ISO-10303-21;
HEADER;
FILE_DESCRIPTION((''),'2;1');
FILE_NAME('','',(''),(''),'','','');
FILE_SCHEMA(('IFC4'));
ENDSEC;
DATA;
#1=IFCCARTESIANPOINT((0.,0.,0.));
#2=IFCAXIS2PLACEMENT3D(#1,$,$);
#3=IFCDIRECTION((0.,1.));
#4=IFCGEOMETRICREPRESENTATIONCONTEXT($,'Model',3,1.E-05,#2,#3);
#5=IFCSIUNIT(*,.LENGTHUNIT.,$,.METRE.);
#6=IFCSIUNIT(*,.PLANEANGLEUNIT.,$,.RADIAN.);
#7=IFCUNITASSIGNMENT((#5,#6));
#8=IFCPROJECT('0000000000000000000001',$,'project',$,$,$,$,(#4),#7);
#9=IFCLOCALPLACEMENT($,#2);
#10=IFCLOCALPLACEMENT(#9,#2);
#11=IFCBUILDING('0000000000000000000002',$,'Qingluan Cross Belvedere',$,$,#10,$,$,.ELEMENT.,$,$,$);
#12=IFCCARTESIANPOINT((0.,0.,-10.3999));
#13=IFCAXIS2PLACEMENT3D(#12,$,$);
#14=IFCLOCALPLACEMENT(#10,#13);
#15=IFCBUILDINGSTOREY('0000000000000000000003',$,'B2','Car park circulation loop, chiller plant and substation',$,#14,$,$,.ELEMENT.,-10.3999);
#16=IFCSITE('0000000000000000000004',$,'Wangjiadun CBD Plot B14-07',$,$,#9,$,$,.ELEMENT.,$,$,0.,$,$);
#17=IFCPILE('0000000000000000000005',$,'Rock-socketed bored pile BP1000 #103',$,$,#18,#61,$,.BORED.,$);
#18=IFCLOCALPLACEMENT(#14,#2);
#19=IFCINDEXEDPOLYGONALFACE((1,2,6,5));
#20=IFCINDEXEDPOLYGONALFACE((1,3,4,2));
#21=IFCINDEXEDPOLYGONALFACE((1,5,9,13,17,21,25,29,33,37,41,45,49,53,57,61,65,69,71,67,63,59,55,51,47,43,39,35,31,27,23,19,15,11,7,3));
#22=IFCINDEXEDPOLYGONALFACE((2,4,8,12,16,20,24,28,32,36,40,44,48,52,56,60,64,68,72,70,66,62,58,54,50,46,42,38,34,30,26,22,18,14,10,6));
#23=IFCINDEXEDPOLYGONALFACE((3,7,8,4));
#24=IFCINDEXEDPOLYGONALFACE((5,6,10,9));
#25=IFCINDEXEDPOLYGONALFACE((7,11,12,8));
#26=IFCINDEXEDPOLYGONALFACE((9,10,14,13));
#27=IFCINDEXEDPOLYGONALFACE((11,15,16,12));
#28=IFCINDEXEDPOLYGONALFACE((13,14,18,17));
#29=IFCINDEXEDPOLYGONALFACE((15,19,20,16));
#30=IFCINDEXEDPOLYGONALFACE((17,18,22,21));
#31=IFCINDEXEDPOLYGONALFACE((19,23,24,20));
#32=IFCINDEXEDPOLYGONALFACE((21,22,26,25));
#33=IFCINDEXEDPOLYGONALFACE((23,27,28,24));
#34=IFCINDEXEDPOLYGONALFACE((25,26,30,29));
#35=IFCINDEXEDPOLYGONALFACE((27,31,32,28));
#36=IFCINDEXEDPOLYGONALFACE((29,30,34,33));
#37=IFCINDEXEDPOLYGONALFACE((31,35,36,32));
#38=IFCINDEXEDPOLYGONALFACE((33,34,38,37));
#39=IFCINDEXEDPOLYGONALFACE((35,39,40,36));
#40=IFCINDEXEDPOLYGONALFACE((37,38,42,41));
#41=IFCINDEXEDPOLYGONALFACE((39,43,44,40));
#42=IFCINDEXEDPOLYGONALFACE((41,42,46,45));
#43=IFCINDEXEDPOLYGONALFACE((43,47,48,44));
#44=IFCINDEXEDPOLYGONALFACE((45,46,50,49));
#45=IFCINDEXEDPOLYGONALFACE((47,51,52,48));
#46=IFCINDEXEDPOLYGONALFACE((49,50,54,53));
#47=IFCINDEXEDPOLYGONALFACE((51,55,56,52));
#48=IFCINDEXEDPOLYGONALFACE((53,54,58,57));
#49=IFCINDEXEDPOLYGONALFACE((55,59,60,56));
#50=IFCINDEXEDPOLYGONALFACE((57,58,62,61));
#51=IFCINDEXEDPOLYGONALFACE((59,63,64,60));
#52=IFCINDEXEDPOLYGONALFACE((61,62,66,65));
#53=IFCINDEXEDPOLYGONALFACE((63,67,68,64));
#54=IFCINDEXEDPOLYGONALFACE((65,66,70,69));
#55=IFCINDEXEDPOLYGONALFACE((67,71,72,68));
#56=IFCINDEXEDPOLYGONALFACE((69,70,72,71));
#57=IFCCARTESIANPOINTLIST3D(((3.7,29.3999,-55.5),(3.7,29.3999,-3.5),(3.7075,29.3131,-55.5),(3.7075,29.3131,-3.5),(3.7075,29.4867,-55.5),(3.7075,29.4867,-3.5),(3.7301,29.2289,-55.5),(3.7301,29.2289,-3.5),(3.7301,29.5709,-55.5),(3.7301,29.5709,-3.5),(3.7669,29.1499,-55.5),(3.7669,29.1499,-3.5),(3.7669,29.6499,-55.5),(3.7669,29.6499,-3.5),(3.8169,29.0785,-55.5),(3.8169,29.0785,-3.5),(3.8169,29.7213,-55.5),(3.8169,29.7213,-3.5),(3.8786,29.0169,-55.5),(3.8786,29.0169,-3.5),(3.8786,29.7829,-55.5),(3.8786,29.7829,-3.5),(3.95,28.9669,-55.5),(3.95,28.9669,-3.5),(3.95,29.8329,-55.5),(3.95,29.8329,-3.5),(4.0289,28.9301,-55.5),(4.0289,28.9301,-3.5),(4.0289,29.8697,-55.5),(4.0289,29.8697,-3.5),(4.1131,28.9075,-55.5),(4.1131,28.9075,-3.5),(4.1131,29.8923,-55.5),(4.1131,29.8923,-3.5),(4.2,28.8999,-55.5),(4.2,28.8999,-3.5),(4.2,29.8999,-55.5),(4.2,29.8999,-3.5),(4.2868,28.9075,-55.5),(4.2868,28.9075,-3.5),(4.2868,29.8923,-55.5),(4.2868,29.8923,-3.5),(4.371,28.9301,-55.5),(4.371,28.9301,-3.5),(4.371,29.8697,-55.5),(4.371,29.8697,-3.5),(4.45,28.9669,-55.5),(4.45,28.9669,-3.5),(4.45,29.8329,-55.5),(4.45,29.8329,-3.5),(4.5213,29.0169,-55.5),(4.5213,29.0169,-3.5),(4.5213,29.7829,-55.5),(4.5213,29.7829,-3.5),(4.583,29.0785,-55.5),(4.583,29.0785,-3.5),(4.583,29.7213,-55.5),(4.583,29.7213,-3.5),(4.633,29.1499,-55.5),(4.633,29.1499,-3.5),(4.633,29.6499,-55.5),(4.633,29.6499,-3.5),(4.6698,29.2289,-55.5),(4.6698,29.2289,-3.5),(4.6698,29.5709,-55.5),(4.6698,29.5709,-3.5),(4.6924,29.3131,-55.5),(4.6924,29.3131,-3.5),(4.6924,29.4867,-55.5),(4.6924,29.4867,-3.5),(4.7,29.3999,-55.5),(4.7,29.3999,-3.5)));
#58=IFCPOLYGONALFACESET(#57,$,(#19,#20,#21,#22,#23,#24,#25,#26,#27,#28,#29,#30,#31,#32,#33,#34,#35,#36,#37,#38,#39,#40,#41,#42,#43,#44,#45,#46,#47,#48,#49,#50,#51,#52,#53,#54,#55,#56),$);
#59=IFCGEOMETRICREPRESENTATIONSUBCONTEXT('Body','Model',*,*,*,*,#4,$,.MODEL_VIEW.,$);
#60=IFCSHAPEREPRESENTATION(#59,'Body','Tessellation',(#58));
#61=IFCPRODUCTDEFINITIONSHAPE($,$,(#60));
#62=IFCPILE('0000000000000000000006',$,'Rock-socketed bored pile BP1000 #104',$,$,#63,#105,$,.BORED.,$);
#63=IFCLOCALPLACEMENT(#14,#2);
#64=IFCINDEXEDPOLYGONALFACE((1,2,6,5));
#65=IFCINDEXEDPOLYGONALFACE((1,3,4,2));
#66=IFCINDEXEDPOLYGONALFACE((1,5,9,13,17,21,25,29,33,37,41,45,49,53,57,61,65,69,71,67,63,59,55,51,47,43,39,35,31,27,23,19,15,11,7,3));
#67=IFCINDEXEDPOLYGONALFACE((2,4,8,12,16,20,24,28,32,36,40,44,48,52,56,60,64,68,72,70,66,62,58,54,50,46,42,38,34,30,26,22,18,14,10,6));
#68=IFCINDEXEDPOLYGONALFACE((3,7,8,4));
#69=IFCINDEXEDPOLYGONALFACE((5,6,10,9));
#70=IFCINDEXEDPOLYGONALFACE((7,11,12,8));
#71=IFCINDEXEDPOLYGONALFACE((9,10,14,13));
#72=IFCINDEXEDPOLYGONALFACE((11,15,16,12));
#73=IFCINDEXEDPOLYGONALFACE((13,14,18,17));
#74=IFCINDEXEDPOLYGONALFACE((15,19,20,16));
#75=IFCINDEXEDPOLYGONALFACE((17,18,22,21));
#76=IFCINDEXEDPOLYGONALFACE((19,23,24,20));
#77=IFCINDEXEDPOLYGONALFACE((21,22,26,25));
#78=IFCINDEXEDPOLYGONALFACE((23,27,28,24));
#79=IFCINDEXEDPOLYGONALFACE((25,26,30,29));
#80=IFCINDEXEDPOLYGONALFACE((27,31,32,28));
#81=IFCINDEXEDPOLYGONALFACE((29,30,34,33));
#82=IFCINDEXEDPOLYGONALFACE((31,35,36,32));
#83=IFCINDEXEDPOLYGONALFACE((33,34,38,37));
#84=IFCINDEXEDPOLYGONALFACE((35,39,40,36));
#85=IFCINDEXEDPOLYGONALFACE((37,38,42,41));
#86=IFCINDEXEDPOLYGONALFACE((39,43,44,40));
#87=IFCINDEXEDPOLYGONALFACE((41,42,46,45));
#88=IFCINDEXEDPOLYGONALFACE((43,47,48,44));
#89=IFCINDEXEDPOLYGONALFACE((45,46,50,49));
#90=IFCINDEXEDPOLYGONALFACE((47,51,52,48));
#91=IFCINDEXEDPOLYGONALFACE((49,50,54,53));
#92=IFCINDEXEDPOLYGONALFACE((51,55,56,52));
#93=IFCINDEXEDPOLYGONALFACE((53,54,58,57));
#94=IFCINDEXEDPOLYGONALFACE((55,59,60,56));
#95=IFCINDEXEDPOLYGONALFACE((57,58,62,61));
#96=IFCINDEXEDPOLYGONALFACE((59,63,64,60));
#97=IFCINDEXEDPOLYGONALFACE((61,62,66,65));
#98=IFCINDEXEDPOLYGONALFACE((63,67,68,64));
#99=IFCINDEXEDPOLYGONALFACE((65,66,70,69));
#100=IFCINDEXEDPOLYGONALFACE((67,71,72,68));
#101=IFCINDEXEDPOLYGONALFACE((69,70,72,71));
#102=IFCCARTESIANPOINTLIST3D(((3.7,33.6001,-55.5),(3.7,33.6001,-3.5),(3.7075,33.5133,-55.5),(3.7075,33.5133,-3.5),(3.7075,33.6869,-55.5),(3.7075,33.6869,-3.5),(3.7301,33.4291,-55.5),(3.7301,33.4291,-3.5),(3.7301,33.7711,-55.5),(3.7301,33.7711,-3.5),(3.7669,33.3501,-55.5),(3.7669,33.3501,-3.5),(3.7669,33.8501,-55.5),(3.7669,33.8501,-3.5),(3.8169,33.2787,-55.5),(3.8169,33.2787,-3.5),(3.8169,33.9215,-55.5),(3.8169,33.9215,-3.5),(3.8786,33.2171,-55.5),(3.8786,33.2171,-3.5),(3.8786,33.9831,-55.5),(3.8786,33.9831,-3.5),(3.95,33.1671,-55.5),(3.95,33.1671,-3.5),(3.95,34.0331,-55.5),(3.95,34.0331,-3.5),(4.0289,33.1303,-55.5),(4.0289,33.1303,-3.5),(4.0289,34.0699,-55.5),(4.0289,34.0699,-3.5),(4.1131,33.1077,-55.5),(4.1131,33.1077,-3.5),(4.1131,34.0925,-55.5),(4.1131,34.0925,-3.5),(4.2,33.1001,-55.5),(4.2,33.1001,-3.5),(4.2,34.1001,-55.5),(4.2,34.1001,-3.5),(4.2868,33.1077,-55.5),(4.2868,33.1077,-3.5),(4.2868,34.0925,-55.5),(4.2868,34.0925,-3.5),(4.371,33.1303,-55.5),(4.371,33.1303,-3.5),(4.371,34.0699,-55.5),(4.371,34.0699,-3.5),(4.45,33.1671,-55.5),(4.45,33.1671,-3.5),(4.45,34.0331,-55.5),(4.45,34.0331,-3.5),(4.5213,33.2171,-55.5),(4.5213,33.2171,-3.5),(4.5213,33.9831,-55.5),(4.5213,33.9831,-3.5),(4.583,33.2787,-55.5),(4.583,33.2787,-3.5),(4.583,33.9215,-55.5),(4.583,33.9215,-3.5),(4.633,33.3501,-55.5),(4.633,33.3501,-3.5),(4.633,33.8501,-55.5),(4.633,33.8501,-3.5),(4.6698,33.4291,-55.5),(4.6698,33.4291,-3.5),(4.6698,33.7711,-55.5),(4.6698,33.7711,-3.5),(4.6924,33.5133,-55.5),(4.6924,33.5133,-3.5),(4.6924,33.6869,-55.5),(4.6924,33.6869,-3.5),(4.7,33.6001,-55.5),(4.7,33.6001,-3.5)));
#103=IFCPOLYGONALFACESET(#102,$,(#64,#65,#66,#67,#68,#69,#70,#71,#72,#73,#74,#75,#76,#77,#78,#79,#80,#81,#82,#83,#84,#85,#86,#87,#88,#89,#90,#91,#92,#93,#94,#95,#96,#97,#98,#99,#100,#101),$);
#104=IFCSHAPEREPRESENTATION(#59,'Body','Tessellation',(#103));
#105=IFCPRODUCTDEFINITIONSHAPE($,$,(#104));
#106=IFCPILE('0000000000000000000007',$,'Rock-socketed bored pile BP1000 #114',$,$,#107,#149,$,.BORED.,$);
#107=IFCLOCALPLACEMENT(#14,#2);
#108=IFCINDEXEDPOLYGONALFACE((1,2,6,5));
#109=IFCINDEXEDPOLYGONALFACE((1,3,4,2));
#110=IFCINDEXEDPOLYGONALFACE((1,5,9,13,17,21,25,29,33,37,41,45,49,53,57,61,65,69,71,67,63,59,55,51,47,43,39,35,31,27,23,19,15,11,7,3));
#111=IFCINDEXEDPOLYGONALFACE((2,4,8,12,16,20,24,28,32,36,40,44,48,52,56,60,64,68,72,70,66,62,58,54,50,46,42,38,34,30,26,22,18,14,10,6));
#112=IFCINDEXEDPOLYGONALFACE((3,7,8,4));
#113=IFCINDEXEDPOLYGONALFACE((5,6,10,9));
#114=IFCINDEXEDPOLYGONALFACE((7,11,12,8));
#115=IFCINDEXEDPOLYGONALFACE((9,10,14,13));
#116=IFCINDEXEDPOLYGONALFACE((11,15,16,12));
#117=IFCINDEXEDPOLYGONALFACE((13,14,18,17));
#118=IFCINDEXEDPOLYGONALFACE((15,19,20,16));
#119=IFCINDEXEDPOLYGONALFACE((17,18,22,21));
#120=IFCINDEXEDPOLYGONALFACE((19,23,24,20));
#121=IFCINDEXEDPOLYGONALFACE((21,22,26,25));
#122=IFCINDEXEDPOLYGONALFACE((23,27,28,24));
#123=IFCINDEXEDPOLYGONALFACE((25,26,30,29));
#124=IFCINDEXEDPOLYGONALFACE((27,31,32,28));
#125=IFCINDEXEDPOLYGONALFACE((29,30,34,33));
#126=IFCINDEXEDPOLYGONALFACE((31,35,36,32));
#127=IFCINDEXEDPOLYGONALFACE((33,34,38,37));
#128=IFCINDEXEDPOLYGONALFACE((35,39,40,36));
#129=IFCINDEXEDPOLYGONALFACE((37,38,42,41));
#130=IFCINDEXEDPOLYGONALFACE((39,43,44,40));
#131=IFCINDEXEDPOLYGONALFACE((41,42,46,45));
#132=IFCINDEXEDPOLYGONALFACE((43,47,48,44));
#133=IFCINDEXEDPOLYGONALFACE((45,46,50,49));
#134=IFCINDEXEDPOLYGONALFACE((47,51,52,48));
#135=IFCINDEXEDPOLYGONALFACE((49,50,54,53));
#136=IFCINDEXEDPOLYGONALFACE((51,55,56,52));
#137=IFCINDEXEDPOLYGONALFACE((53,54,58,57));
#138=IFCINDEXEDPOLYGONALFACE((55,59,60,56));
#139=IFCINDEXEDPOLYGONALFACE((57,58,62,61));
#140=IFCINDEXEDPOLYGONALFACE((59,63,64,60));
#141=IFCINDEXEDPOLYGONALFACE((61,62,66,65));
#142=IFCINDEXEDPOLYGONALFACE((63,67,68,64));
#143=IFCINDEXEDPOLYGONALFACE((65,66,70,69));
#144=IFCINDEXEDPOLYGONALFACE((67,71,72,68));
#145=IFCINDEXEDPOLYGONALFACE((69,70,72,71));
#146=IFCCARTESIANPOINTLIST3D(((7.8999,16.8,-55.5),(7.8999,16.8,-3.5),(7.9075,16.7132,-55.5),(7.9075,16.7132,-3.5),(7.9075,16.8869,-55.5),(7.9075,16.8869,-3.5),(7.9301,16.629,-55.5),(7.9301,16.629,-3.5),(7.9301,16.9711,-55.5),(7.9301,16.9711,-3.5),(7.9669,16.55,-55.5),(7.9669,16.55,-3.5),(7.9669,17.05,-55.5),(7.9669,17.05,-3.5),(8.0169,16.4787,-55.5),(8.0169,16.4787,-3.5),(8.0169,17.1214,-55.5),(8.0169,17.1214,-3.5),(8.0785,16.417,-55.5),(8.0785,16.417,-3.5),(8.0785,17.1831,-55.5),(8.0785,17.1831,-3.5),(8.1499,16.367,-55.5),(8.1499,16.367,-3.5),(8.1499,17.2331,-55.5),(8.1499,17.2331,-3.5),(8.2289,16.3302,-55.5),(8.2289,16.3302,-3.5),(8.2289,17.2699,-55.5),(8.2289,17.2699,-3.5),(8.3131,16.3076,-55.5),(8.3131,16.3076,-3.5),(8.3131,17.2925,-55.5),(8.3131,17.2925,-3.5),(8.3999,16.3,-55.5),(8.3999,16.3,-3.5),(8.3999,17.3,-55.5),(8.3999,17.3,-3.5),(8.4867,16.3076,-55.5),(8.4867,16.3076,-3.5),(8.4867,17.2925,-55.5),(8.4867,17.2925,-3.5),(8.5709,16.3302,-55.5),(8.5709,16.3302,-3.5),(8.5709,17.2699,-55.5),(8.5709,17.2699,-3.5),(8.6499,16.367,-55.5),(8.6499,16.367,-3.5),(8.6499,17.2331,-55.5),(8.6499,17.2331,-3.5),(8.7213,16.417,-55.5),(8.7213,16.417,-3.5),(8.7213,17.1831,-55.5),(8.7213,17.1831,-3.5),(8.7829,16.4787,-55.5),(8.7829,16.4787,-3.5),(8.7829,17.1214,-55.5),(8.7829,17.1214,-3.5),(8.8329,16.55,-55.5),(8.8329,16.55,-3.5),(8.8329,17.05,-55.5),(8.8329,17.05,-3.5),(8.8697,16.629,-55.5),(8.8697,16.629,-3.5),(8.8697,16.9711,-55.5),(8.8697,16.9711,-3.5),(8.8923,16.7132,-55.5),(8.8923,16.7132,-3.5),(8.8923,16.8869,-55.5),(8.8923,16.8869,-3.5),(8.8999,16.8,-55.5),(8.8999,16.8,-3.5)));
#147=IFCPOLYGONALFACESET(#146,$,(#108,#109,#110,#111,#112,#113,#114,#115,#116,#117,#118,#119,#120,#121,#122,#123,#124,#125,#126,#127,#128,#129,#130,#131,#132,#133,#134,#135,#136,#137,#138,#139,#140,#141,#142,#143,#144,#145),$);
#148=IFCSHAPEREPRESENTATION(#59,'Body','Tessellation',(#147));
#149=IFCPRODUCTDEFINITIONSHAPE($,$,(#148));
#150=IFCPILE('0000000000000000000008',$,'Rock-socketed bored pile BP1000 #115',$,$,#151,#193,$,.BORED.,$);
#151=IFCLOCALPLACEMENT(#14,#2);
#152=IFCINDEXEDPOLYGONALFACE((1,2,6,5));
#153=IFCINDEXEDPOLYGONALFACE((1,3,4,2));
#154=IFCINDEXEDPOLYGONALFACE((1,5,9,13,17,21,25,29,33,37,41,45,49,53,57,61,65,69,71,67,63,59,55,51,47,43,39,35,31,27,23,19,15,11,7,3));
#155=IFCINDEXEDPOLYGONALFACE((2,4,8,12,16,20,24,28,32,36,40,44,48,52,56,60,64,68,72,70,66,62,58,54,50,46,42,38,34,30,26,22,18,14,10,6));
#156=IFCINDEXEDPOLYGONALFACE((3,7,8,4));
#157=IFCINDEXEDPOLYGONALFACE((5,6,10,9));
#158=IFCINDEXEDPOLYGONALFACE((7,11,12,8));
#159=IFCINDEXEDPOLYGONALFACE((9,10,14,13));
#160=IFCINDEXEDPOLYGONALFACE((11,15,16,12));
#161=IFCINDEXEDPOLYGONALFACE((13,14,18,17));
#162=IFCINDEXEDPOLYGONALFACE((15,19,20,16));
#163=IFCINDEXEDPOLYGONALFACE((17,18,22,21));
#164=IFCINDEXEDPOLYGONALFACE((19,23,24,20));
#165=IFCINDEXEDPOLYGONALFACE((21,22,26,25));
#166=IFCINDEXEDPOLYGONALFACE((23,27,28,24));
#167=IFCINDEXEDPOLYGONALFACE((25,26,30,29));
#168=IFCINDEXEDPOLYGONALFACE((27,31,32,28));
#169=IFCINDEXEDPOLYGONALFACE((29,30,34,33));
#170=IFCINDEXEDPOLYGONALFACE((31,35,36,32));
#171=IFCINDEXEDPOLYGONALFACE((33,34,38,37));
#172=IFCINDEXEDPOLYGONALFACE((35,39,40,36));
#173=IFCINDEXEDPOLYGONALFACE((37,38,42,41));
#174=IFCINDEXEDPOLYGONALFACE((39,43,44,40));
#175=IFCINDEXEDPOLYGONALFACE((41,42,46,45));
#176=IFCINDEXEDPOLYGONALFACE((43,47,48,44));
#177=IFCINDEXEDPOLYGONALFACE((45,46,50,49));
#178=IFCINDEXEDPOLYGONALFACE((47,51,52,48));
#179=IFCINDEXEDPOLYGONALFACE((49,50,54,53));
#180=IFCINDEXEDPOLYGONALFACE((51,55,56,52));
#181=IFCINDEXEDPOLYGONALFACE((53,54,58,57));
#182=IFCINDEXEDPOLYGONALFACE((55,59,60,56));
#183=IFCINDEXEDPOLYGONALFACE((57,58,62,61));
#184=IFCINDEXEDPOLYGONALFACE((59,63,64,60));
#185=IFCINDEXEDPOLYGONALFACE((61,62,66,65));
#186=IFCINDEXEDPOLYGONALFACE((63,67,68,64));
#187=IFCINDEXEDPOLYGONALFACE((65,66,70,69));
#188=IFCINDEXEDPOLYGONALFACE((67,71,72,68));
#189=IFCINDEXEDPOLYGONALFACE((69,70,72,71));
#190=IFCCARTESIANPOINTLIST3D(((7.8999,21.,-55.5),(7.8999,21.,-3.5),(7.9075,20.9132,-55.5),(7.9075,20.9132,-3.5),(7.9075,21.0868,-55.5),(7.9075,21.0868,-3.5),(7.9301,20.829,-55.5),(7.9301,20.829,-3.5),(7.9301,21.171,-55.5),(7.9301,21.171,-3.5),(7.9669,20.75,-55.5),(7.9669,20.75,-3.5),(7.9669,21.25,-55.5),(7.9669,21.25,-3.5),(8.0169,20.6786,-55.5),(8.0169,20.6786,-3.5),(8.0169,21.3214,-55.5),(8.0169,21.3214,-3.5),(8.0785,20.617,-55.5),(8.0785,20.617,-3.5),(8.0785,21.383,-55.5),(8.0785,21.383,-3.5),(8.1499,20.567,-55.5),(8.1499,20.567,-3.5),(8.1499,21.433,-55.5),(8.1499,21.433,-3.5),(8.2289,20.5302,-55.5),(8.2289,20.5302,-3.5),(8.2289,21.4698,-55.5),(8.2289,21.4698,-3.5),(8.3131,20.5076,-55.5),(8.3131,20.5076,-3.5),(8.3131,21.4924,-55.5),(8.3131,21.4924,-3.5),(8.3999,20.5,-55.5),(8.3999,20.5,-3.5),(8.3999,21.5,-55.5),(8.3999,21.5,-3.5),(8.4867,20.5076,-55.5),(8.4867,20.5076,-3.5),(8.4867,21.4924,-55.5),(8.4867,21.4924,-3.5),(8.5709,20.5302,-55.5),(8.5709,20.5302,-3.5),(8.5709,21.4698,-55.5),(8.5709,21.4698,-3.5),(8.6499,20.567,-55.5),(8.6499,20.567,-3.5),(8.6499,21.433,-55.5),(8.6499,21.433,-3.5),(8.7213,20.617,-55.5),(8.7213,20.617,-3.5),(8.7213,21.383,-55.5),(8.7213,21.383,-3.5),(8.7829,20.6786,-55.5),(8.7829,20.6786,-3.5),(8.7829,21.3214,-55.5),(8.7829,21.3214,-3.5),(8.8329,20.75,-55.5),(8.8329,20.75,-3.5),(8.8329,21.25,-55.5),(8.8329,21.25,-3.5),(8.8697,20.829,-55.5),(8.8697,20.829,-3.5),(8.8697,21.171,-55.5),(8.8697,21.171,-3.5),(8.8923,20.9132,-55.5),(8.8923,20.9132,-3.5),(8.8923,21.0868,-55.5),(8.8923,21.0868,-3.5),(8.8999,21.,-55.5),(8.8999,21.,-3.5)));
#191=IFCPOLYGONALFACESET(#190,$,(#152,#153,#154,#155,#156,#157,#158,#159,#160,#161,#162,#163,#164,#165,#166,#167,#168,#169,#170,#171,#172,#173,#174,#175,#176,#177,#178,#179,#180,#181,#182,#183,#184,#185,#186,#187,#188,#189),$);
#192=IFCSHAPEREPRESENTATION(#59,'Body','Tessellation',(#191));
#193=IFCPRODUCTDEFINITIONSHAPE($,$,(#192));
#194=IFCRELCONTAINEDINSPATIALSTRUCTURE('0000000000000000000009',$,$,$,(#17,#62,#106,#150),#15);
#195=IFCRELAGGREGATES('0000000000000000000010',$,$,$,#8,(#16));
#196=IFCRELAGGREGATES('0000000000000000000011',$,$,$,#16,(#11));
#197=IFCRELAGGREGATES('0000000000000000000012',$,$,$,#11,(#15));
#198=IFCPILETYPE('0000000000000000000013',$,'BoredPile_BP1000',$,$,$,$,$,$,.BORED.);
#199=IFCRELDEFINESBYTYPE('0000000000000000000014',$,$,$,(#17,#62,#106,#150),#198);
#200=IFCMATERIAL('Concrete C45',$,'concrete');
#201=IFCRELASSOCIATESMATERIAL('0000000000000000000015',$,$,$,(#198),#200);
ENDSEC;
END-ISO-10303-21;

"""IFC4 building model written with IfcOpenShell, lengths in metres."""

from ifc_helpers import new_model, si_unit, direction, frame, origin, origin_2d, place, context, subcontext, project, spatial, circle, extrude, material, material_profile, profile_set, type_object, element, save


model = new_model("IFC4")

# Units and contexts
model_context = context("Model", 3, precision=1e-05, world=origin(), true_north=direction((0.0, 1.0)))
body_context = subcontext(model_context, "Body", "Model", "MODEL_VIEW")
ifc_project = project(units=[si_unit("LENGTHUNIT", "METRE"), si_unit("PLANEANGLEUNIT", "RADIAN")], contexts=[model_context])

# Site, building, storey
site_placement = place(None, origin())
site = spatial("IfcSite", under=ifc_project, at=site_placement, Name="Wangjiadun CBD Plot B14-07", CompositionType="ELEMENT", RefElevation=0.0)
building_placement = place(site_placement, origin())
building = spatial("IfcBuilding", under=site, at=building_placement, Name="Qingluan Cross Belvedere", CompositionType="ELEMENT")
storey_placement = place(building_placement, frame((0.0, 0.0, -10.3999)))
storey = spatial("IfcBuildingStorey", under=building, at=storey_placement, Name="B2", Description="Car park circulation loop, chiller plant and substation", CompositionType="ELEMENT", Elevation=-10.3999)

# Piles
ifc_material_1 = material(Name="Concrete C45", Category="concrete")
ifc_material_profile_1 = material_profile(ifc_material_1, circle(Radius=0.5, at=origin_2d()), Name="BP1000")
ifc_profile_set_1 = profile_set([ifc_material_profile_1], Name="Concrete C45")
pile_type_1 = type_object("IfcPileType", Name="BoredPile_BP1000", PredefinedType="BORED", material=ifc_profile_set_1)
for number, where, z_axis, x_axis, name in (
    (1, (4.2, 29.3999, -3.5), (0.0, 0.0, -1.0), (1.0, 0.0, 0.0), "Rock-socketed bored pile BP1000 #103"),
    (2, (4.2, 33.6001, -3.5), (0.0, 0.0, -1.0), (1.0, 0.0, 0.0), "Rock-socketed bored pile BP1000 #104"),
    (3, (8.3999, 16.8, -3.5), (0.0, 0.0, -1.0), (1.0, 0.0, 0.0), "Rock-socketed bored pile BP1000 #114"),
    (4, (8.3999, 21.0, -3.5), (0.0, 0.0, -1.0), (1.0, 0.0, 0.0), "Rock-socketed bored pile BP1000 #115"),
):
    element("IfcPile", number, at=place(storey_placement, frame(where, z_axis=z_axis, x_axis=x_axis)), inside=storey, type_object=pile_type_1, Name=name, PredefinedType="BORED", context=body_context, shape_type="SweptSolid", body=[
        extrude(circle(Radius=0.5, at=origin_2d()), origin(), (0.0, 0.0, 1.0), 52.0),
    ])

save(model, "model.ifc")
